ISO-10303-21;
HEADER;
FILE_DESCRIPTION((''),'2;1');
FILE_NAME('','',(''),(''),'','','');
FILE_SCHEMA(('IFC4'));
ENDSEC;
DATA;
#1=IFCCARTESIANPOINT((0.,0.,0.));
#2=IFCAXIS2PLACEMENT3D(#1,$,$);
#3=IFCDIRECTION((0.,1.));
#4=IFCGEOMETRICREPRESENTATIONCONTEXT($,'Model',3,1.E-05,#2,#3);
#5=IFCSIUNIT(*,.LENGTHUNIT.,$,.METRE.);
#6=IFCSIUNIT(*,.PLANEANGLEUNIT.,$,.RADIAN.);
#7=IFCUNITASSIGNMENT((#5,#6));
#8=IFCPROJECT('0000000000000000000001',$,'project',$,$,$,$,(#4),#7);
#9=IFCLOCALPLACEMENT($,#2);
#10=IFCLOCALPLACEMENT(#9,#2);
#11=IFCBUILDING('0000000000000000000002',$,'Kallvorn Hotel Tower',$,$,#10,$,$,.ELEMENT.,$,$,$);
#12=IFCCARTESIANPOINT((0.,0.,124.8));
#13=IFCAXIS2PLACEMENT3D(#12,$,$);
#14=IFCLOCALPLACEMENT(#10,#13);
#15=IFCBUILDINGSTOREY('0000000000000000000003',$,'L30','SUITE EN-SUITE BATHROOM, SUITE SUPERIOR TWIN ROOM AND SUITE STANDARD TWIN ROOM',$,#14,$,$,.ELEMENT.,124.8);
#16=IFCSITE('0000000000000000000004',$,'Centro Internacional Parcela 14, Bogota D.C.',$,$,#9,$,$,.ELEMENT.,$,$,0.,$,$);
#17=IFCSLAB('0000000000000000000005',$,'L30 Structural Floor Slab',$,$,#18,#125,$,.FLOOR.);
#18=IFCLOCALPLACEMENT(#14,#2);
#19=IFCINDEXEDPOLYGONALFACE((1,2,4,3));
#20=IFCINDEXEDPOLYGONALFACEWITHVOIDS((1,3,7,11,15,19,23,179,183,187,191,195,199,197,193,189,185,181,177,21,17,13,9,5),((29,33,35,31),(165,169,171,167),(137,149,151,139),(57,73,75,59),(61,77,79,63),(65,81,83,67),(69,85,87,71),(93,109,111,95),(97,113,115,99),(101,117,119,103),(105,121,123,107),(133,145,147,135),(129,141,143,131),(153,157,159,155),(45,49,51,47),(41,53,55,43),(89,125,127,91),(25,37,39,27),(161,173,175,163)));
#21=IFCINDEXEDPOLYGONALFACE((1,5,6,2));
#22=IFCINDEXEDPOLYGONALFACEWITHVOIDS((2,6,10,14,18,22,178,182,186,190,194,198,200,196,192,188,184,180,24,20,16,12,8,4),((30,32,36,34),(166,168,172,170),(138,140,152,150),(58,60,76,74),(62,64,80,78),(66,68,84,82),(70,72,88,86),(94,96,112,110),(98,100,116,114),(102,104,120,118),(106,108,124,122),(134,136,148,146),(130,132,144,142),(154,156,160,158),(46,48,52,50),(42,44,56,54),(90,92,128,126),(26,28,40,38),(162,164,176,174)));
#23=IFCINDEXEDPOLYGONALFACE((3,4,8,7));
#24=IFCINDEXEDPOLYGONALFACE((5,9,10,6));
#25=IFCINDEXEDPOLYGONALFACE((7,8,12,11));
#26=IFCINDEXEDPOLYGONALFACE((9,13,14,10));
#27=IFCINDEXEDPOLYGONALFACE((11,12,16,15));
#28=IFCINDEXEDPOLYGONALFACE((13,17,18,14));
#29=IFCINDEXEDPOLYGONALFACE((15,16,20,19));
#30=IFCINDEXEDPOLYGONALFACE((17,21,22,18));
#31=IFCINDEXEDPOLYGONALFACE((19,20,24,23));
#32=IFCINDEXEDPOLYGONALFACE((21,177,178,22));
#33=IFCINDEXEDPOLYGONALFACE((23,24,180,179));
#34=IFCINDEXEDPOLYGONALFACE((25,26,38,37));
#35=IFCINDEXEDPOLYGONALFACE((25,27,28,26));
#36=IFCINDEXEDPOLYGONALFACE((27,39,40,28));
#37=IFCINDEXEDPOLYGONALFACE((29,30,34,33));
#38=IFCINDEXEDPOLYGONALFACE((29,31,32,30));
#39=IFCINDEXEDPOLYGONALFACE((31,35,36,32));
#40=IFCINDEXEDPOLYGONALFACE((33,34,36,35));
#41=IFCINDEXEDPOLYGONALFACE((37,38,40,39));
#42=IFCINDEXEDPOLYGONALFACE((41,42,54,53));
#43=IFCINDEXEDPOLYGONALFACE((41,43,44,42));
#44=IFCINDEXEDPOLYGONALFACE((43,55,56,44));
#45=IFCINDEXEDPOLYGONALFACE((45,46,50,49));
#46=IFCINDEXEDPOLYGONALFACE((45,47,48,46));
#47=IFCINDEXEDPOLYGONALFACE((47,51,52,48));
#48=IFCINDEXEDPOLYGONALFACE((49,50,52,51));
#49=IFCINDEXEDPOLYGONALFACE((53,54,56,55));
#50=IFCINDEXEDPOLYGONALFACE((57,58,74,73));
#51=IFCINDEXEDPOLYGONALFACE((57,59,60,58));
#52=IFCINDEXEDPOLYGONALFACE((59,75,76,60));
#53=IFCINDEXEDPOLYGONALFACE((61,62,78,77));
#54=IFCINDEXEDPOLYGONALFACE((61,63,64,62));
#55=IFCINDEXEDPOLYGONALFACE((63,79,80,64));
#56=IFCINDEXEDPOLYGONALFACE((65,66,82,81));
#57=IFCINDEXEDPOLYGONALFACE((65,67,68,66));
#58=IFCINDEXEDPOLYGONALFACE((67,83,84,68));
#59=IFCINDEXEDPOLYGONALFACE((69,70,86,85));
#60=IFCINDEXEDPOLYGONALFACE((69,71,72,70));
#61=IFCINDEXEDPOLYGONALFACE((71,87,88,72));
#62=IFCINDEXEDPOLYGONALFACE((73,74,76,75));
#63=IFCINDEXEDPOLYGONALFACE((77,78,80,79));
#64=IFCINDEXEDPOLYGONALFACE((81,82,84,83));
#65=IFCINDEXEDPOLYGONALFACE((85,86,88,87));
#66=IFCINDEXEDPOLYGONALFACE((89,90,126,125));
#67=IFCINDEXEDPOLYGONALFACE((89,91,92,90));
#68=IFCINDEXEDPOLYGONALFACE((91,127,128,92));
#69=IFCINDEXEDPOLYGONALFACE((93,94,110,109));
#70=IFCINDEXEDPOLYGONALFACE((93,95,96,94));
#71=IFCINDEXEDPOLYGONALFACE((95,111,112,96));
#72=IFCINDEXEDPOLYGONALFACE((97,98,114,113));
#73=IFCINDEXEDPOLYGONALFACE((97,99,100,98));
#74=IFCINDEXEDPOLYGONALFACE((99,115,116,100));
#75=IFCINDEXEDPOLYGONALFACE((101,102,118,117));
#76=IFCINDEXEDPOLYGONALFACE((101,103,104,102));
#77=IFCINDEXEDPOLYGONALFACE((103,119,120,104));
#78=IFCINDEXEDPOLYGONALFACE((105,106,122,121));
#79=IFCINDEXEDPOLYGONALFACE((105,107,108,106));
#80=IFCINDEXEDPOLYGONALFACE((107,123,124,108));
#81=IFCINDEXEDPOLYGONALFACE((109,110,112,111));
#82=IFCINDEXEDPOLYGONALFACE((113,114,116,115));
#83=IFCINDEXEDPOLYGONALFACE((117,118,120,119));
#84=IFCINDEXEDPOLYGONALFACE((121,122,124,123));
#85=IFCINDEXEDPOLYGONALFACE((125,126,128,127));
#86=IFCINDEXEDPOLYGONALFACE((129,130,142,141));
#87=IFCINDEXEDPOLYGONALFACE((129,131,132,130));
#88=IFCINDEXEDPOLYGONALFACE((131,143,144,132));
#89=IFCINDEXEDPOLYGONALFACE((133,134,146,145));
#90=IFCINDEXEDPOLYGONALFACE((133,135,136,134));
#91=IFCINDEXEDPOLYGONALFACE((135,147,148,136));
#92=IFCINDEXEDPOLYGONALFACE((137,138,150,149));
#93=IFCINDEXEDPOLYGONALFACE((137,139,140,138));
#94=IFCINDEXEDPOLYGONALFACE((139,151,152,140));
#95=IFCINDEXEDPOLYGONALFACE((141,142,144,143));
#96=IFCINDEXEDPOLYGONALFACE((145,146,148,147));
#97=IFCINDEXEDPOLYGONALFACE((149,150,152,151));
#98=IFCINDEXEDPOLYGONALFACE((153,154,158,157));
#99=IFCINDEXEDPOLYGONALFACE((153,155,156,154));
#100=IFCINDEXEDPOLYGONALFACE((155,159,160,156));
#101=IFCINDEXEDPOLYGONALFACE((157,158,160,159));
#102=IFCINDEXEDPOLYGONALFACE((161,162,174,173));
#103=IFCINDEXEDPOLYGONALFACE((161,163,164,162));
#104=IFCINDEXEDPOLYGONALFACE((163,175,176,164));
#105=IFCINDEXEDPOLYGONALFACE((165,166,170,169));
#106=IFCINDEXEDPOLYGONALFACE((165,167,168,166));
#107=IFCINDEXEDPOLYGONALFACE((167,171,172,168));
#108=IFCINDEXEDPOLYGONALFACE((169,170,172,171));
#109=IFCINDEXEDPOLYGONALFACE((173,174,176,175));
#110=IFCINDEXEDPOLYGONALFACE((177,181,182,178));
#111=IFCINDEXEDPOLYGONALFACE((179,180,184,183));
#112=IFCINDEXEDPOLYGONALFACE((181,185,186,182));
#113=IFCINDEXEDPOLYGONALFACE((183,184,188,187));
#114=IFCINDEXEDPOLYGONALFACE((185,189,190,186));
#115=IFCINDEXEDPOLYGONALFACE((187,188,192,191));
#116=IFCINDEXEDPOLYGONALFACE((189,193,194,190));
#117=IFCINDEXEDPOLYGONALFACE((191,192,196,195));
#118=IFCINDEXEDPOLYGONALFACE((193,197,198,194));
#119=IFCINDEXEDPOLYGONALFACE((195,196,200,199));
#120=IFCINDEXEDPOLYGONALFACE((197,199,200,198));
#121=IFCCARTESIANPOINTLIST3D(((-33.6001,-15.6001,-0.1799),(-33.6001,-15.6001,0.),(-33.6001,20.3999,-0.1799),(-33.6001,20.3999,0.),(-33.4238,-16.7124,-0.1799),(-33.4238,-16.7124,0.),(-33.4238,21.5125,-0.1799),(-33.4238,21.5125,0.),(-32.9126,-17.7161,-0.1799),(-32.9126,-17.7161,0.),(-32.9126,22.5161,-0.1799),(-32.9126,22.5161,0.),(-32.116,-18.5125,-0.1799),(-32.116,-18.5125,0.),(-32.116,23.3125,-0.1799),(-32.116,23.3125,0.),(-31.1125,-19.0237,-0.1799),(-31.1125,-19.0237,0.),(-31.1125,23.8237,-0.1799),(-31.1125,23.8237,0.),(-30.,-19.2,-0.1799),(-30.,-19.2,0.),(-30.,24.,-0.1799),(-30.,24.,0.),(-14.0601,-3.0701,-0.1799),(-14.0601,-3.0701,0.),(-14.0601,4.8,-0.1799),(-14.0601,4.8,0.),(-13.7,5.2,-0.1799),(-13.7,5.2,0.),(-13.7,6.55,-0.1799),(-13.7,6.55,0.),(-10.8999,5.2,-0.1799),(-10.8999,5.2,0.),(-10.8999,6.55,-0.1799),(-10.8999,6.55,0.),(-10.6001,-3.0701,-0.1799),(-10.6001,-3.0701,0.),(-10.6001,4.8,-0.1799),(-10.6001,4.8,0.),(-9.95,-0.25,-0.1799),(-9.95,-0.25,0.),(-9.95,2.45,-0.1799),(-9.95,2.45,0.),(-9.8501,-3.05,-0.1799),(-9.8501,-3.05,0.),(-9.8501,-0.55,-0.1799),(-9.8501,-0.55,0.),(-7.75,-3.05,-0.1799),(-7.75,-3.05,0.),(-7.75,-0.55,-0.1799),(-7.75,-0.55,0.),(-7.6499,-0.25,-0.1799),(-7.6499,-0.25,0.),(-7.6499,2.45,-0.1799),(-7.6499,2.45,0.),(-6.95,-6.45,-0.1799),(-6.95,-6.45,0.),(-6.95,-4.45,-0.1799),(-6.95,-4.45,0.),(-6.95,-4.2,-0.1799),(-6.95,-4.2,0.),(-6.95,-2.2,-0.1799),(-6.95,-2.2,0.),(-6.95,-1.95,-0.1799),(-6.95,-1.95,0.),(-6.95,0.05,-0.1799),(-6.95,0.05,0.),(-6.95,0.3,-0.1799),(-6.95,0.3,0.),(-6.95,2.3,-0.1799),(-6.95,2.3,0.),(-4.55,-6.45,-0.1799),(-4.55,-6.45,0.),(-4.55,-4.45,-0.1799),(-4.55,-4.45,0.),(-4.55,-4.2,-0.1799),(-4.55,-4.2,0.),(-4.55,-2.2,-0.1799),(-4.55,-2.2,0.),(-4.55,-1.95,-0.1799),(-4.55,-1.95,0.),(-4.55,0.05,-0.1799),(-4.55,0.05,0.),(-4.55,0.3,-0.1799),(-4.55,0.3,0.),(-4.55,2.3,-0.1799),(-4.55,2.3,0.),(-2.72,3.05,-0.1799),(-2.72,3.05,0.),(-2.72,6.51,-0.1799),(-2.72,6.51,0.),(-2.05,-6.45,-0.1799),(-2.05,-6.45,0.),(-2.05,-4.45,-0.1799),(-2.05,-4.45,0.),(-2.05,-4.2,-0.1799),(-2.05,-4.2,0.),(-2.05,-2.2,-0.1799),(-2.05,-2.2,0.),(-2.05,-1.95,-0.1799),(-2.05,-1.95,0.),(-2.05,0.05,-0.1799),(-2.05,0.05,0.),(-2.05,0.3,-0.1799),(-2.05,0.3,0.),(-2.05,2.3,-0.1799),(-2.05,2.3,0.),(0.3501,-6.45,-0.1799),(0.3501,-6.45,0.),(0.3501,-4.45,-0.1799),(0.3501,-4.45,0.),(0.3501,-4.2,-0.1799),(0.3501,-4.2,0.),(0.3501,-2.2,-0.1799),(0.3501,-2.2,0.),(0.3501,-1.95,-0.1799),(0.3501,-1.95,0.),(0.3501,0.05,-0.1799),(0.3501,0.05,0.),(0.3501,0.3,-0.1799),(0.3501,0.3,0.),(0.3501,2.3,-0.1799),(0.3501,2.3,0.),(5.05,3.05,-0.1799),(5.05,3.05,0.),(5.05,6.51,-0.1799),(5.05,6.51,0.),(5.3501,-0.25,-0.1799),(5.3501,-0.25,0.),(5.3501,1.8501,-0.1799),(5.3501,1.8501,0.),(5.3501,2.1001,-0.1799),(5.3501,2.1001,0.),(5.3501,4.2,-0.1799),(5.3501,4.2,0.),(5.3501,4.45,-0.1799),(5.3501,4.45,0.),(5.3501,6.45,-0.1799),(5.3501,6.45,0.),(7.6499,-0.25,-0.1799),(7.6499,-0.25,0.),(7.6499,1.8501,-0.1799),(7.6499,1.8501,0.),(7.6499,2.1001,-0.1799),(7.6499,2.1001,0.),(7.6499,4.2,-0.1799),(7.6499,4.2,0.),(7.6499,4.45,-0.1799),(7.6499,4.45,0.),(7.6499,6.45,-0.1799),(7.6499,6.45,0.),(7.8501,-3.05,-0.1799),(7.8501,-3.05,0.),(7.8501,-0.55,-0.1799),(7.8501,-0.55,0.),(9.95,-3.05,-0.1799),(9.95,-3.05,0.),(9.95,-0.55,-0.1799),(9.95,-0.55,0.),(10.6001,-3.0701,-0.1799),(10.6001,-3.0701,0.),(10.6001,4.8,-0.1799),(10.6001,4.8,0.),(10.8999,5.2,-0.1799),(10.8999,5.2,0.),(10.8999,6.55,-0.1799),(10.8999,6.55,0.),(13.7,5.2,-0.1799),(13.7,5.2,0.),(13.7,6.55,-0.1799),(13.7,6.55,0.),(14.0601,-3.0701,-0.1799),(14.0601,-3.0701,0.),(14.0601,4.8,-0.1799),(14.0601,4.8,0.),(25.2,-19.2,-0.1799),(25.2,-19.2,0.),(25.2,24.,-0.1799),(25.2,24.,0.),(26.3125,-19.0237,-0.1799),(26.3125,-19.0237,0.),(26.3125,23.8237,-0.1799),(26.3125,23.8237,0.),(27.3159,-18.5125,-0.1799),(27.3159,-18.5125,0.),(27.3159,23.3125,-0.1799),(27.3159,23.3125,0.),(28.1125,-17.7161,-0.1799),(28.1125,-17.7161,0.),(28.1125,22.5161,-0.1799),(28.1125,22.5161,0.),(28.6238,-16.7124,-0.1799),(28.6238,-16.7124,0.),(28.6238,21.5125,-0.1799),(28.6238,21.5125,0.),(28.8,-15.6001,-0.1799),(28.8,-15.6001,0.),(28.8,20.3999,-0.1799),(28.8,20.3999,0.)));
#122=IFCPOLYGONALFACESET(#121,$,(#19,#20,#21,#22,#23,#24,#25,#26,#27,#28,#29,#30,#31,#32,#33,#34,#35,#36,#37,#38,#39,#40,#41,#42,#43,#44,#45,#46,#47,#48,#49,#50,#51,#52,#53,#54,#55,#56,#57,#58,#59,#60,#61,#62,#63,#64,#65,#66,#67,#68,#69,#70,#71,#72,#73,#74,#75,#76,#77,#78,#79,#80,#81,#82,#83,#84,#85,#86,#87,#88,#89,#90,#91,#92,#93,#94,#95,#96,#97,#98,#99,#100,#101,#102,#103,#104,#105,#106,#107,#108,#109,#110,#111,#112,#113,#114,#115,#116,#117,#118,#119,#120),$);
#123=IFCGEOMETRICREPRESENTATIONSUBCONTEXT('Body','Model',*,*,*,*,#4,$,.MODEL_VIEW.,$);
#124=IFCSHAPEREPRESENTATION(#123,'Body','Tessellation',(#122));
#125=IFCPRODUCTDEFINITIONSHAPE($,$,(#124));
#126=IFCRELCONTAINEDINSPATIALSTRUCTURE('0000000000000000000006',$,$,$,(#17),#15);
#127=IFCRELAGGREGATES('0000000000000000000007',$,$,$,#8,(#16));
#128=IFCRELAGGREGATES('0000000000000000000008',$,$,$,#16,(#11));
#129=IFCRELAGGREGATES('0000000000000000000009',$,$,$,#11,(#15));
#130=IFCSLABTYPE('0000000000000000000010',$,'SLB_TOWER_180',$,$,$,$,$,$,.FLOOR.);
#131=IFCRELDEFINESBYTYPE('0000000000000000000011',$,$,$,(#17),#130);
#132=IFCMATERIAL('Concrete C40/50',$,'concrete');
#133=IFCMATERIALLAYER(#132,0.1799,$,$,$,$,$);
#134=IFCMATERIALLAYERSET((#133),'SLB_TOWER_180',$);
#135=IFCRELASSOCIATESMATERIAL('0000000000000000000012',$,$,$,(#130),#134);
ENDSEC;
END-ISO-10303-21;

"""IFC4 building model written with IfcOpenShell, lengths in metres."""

from ifc_helpers import new_model, si_unit, direction, frame, origin, place, context, subcontext, project, spatial, polyline, outline, extrude, material, layer, layer_set, type_object, element, save


model = new_model("IFC4")

# Units and contexts
model_context = context("Model", 3, precision=1e-05, world=origin(), true_north=direction((0.0, 1.0)))
body_context = subcontext(model_context, "Body", "Model", "MODEL_VIEW")
ifc_project = project(units=[si_unit("LENGTHUNIT", "METRE"), si_unit("PLANEANGLEUNIT", "RADIAN")], contexts=[model_context])

# Site, building, storey
site_placement = place(None, origin())
site = spatial("IfcSite", under=ifc_project, at=site_placement, Name="Centro Internacional Parcela 14, Bogota D.C.", CompositionType="ELEMENT", RefElevation=0.0)
building_placement = place(site_placement, origin())
building = spatial("IfcBuilding", under=site, at=building_placement, Name="Kallvorn Hotel Tower", CompositionType="ELEMENT")
storey_placement = place(building_placement, frame((0.0, 0.0, 124.8)))
storey = spatial("IfcBuildingStorey", under=building, at=storey_placement, Name="L30", Description="SUITE EN-SUITE BATHROOM, SUITE SUPERIOR TWIN ROOM AND SUITE STANDARD TWIN ROOM", CompositionType="ELEMENT", Elevation=124.8)

# Slab
ifc_material_1 = material(Name="Concrete C40/50", Category="concrete")
ifc_layer_1 = layer(ifc_material_1, 0.1799)
ifc_layer_set_1 = layer_set([ifc_layer_1], Name="SLB_TOWER_180")
slab_type_1 = type_object("IfcSlabType", Name="SLB_TOWER_180", PredefinedType="FLOOR", material=ifc_layer_set_1)
slab_1_placement = place(storey_placement, frame((0.0, 0.0, -0.1799)))
element("IfcSlab", 1, at=slab_1_placement, inside=storey, type_object=slab_type_1, Name="L30 Structural Floor Slab", PredefinedType="FLOOR", context=body_context, shape_type="SweptSolid", body=[
    extrude(outline(polyline([(25.2, -19.2), (26.3125, -19.0237), (27.3159, -18.5125), (28.1125, -17.7161), (28.6238, -16.7124), (28.8, -15.6001), (28.8, 20.3999), (28.6238, 21.5125), (28.1125, 22.5161), (27.3159, 23.3125), (26.3125, 23.8237), (25.2, 24.0), (-30.0, 24.0), (-31.1125, 23.8237), (-32.116, 23.3125), (-32.9126, 22.5161), (-33.4238, 21.5125), (-33.6001, 20.3999), (-33.6001, -15.6001), (-33.4238, -16.7124), (-32.9126, -17.7161), (-32.116, -18.5125), (-31.1125, -19.0237), (-30.0, -19.2), (25.2, -19.2)]), holes=[polyline([(-10.6001, -3.0701), (-10.6001, 4.8), (-14.0601, 4.8), (-14.0601, -3.0701), (-10.6001, -3.0701)]), polyline([(14.0601, -3.0701), (14.0601, 4.8), (10.6001, 4.8), (10.6001, -3.0701), (14.0601, -3.0701)]), polyline([(-2.72, 3.05), (5.05, 3.05), (5.05, 6.51), (-2.72, 6.51), (-2.72, 3.05)]), polyline([(-6.95, -6.45), (-4.55, -6.45), (-4.55, -4.45), (-6.95, -4.45), (-6.95, -6.45)]), polyline([(-6.95, -4.2), (-4.55, -4.2), (-4.55, -2.2), (-6.95, -2.2), (-6.95, -4.2)]), polyline([(-6.95, -1.95), (-4.55, -1.95), (-4.55, 0.05), (-6.95, 0.05), (-6.95, -1.95)]), polyline([(-6.95, 0.3), (-4.55, 0.3), (-4.55, 2.3), (-6.95, 2.3), (-6.95, 0.3)]), polyline([(-2.05, -6.45), (0.3501, -6.45), (0.3501, -4.45), (-2.05, -4.45), (-2.05, -6.45)]), polyline([(-2.05, -4.2), (0.3501, -4.2), (0.3501, -2.2), (-2.05, -2.2), (-2.05, -4.2)]), polyline([(-2.05, -1.95), (0.3501, -1.95), (0.3501, 0.05), (-2.05, 0.05), (-2.05, -1.95)]), polyline([(-2.05, 0.3), (0.3501, 0.3), (0.3501, 2.3), (-2.05, 2.3), (-2.05, 0.3)]), polyline([(5.3501, -0.25), (7.6499, -0.25), (7.6499, 1.8501), (5.3501, 1.8501), (5.3501, -0.25)]), polyline([(5.3501, 2.1001), (7.6499, 2.1001), (7.6499, 4.2), (5.3501, 4.2), (5.3501, 2.1001)]), polyline([(5.3501, 4.45), (7.6499, 4.45), (7.6499, 6.45), (5.3501, 6.45), (5.3501, 4.45)]), polyline([(-9.8501, -3.05), (-7.75, -3.05), (-7.75, -0.55), (-9.8501, -0.55), (-9.8501, -3.05)]), polyline([(7.8501, -3.05), (9.95, -3.05), (9.95, -0.55), (7.8501, -0.55), (7.8501, -3.05)]), polyline([(-9.95, -0.25), (-7.6499, -0.25), (-7.6499, 2.45), (-9.95, 2.45), (-9.95, -0.25)]), polyline([(-13.7, 5.2), (-10.8999, 5.2), (-10.8999, 6.55), (-13.7, 6.55), (-13.7, 5.2)]), polyline([(10.8999, 5.2), (13.7, 5.2), (13.7, 6.55), (10.8999, 6.55), (10.8999, 5.2)])]), origin(), (0.0, 0.0, 1.0), 0.1799),
])

save(model, "model.ifc")
